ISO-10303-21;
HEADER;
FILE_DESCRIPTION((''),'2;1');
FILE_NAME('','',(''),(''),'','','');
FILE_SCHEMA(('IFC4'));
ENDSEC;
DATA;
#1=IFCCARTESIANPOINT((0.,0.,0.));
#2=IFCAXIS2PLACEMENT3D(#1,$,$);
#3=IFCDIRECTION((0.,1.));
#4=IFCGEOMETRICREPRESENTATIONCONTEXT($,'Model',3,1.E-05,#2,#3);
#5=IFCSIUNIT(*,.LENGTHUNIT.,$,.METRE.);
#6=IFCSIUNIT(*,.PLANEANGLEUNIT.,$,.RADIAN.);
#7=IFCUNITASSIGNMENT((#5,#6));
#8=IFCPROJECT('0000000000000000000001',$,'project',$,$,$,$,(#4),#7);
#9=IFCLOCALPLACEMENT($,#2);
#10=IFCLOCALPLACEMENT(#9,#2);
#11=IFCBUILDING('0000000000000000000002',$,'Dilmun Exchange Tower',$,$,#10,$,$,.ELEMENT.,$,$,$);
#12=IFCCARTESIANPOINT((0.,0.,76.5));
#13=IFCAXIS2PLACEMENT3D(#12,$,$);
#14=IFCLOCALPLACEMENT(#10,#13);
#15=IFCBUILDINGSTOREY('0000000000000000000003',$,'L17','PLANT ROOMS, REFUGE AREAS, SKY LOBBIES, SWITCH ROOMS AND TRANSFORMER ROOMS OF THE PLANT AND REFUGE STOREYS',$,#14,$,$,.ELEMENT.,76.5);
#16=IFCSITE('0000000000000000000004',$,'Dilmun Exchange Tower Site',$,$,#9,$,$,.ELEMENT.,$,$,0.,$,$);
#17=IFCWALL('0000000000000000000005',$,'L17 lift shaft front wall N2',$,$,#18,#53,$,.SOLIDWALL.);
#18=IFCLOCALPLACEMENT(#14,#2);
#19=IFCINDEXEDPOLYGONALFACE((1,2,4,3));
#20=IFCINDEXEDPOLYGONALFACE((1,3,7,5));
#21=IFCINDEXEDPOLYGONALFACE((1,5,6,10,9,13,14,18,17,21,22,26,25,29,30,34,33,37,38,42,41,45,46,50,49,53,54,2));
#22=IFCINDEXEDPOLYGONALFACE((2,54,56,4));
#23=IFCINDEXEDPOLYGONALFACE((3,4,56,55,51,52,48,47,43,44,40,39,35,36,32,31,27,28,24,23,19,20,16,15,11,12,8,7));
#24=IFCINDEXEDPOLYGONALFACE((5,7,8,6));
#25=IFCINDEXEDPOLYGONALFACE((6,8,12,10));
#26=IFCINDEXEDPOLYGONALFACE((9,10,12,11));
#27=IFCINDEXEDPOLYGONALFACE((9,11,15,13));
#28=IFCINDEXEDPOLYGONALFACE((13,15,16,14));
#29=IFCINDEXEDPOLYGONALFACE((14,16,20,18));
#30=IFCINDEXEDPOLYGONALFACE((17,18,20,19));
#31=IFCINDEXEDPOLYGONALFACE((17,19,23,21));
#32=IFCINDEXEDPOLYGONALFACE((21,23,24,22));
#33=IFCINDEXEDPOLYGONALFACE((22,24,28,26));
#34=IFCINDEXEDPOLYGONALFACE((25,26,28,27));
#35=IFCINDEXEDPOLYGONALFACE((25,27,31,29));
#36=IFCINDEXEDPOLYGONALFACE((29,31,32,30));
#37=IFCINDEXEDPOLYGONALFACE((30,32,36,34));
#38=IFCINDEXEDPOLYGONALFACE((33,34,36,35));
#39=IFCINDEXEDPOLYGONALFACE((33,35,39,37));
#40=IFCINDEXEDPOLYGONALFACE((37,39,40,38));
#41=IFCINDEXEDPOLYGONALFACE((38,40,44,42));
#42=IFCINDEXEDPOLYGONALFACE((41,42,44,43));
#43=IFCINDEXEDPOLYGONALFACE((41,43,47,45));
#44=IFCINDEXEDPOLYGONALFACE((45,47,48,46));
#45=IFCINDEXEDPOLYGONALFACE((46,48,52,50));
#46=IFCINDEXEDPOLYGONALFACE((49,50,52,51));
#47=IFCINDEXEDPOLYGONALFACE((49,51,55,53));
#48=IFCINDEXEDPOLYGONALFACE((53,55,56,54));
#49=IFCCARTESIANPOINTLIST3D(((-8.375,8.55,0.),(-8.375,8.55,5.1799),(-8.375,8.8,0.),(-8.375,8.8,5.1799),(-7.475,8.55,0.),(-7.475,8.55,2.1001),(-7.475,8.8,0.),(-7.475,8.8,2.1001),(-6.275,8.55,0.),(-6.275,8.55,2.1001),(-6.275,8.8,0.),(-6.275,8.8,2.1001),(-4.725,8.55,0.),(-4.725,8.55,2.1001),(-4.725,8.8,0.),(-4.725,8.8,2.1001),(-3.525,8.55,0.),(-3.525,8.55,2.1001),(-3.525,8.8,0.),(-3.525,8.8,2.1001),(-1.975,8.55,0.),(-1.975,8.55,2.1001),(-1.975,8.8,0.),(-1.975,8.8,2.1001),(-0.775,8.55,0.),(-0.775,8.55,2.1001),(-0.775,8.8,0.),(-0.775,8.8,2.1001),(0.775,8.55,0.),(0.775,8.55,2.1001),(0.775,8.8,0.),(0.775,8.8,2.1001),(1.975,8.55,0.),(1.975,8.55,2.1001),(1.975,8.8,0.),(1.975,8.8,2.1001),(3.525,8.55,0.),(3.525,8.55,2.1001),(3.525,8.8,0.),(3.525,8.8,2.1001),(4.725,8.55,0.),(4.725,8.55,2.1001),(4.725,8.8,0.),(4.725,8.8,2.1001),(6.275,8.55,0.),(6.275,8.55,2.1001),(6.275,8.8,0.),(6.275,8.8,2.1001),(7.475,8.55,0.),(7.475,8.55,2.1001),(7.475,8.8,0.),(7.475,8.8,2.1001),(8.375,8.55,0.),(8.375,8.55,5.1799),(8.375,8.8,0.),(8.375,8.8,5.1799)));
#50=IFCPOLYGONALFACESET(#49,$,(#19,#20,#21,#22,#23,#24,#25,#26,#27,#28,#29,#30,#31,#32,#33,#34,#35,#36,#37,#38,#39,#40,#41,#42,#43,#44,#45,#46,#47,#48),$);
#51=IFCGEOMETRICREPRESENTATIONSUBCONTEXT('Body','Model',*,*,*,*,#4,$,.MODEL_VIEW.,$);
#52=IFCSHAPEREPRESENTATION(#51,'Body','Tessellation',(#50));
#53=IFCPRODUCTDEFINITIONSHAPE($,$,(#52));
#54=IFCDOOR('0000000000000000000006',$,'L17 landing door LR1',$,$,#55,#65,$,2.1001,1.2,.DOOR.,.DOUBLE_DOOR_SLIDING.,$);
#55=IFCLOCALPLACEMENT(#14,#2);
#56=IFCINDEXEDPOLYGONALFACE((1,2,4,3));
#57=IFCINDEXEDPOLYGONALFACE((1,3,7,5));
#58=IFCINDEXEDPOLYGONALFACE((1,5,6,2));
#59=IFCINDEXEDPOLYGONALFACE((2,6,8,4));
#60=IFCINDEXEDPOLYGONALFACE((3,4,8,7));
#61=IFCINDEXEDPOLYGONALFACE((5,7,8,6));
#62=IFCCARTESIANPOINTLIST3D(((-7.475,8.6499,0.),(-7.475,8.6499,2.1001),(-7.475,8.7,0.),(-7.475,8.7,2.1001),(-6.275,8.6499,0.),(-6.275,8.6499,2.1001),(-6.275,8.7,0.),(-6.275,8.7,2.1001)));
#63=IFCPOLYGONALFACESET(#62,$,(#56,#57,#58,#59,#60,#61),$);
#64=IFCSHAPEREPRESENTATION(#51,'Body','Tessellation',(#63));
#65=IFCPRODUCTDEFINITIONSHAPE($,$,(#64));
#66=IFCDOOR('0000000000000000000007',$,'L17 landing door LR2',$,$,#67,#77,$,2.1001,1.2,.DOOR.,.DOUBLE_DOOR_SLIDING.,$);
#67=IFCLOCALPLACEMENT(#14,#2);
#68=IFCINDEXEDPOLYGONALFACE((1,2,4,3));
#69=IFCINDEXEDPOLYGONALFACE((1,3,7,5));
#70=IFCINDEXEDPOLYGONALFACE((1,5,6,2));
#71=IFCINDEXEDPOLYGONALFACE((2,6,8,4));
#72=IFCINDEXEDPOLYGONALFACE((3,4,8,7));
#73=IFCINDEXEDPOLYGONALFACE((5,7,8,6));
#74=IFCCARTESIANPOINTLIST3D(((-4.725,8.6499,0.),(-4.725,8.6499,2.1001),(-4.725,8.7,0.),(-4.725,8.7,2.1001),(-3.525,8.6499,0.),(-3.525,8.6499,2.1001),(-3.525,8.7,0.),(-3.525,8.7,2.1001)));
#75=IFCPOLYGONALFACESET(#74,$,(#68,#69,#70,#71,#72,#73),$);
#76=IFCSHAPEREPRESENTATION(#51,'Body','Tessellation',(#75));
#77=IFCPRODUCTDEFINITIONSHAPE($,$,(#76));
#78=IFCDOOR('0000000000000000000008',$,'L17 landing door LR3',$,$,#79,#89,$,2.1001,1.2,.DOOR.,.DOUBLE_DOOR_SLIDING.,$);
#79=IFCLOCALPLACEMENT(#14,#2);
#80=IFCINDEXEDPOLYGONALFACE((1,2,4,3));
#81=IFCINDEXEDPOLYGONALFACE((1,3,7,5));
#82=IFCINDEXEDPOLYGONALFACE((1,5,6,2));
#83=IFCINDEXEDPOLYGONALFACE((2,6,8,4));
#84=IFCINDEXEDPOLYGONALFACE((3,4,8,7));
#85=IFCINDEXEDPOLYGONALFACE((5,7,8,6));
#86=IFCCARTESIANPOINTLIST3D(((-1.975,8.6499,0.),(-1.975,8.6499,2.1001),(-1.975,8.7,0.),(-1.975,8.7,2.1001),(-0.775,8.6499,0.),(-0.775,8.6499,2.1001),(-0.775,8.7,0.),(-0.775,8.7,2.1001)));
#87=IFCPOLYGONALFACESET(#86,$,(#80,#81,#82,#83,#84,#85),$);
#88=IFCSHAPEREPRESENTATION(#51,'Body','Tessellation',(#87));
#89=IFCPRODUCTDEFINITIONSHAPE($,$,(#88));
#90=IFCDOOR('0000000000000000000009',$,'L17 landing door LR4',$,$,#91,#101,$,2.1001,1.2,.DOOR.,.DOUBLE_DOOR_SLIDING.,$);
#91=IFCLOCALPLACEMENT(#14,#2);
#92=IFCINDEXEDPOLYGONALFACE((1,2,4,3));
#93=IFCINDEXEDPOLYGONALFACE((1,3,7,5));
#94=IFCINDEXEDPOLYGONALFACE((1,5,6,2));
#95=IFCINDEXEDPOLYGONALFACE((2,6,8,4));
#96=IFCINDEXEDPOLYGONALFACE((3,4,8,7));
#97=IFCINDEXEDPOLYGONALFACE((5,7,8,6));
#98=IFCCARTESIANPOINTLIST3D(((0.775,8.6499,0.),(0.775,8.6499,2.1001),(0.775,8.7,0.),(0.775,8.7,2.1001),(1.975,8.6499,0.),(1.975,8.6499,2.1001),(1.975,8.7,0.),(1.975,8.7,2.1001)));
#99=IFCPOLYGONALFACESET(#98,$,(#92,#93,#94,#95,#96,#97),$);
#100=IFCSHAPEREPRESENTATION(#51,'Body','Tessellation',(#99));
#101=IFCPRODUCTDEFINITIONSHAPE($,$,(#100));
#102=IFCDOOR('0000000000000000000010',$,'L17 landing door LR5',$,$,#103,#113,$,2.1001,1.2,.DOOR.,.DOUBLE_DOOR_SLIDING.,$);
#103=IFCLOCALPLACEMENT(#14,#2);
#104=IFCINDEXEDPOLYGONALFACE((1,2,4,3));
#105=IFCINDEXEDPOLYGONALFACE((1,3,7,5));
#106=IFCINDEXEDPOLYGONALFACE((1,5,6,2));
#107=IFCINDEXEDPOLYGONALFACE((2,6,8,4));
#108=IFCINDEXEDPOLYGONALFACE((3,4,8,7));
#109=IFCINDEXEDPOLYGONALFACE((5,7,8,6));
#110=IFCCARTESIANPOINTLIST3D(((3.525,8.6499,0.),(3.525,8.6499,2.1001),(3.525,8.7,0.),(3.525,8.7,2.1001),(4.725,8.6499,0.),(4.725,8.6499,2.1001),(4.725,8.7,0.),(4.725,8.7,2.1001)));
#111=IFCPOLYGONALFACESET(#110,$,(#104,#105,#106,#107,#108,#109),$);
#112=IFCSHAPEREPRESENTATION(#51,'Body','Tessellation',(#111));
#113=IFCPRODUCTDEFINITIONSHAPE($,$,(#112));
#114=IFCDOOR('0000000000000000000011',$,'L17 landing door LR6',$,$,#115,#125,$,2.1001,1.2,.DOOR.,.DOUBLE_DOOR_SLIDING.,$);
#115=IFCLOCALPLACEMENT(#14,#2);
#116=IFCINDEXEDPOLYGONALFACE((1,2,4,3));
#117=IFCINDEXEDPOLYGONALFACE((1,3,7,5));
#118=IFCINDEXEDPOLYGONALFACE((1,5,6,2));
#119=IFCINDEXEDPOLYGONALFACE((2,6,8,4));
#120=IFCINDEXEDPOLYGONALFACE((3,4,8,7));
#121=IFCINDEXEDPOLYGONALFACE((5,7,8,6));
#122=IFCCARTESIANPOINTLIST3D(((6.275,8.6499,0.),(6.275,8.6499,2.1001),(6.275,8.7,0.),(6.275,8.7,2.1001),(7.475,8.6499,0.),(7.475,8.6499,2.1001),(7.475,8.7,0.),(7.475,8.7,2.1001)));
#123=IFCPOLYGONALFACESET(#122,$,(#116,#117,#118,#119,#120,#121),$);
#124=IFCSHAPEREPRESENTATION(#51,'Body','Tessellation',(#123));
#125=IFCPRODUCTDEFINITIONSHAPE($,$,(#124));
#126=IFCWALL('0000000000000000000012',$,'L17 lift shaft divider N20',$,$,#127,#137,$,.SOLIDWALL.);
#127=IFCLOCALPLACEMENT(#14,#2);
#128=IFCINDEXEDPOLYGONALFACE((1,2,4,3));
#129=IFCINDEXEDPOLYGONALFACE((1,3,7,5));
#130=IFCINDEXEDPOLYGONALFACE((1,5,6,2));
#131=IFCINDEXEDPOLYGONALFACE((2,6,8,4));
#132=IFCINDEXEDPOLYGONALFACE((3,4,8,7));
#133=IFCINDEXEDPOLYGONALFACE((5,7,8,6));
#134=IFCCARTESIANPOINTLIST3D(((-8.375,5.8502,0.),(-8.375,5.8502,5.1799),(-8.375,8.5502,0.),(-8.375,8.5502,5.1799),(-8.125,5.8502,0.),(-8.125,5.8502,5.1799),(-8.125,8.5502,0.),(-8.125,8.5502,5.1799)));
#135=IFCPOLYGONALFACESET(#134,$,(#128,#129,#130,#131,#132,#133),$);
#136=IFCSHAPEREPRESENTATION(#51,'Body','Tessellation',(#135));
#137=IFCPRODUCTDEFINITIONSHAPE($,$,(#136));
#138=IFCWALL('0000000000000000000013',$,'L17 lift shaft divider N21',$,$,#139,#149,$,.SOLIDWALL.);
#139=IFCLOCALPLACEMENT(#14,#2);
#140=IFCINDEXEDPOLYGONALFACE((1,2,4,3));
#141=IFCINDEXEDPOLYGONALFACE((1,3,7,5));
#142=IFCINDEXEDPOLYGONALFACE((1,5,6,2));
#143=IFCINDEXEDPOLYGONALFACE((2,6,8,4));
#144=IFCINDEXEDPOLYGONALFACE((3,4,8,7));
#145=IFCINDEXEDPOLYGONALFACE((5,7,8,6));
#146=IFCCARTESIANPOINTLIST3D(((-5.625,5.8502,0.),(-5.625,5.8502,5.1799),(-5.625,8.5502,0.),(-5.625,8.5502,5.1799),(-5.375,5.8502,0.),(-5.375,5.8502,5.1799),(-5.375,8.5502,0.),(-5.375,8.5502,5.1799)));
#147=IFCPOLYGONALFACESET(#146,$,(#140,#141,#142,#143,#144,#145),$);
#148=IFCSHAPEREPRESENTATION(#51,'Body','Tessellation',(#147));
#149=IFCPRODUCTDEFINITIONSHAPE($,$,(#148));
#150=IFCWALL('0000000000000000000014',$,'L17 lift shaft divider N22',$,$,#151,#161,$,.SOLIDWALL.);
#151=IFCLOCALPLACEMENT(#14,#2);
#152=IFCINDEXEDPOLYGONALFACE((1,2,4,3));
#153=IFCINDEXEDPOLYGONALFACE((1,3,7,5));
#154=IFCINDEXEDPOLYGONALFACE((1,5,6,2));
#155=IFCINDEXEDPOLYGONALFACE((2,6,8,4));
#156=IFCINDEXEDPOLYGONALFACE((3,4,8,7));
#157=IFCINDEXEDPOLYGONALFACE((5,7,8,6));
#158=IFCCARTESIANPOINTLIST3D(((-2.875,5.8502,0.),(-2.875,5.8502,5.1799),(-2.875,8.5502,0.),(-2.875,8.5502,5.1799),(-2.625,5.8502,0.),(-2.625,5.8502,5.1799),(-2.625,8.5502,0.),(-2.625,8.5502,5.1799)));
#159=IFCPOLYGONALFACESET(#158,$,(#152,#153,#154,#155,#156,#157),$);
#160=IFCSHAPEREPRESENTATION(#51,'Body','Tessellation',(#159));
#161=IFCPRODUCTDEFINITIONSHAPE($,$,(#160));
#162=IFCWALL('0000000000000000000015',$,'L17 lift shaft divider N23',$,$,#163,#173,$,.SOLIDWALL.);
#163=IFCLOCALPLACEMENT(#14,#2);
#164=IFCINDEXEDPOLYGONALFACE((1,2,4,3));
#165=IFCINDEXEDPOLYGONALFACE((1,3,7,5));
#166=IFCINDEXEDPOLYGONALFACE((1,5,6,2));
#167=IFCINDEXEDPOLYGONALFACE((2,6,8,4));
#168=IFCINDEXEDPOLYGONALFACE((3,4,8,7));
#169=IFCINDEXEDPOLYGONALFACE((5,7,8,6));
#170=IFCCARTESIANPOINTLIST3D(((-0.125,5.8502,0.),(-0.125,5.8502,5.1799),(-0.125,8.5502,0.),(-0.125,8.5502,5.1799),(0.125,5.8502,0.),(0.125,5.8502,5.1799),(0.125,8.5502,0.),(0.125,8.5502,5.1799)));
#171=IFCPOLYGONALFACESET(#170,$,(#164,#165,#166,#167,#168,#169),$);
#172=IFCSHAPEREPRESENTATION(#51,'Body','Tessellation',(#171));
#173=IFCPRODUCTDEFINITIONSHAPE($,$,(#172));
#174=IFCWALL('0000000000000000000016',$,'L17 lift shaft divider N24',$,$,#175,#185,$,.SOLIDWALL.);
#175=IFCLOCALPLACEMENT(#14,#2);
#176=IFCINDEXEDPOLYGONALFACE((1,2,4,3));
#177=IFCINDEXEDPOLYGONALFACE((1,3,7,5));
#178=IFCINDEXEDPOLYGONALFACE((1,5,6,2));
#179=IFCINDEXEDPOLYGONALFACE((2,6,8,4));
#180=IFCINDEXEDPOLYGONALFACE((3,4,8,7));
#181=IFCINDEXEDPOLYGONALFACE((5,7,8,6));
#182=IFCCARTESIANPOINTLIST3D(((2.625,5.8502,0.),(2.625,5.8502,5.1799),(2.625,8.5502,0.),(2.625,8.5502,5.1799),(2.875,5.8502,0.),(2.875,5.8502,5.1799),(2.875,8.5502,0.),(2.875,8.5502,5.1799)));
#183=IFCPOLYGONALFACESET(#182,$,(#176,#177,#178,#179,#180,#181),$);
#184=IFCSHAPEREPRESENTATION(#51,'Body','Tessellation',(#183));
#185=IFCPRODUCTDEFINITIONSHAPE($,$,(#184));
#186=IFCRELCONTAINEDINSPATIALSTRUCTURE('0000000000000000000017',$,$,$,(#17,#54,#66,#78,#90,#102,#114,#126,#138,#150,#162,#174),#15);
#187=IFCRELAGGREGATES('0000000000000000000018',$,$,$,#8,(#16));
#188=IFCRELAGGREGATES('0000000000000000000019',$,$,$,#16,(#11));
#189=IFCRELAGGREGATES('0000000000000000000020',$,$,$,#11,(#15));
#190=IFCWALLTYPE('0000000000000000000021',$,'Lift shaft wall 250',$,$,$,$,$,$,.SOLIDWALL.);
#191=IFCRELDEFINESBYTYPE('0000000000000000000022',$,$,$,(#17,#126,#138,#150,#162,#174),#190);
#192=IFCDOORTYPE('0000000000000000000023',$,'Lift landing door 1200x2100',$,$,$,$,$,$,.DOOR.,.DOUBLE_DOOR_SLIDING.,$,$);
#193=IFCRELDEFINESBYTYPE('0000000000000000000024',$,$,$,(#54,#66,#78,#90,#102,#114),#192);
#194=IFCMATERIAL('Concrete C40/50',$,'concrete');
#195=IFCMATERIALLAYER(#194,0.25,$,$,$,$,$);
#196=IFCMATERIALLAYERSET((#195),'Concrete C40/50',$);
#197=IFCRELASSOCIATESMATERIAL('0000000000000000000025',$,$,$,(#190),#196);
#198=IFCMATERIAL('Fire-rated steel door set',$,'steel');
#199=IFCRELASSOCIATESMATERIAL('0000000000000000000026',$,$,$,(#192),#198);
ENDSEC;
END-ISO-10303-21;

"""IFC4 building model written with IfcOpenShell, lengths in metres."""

from ifc_helpers import new_model, si_unit, direction, frame, frame_2d, origin, place, context, subcontext, project, spatial, rectangle, extrude, material, layer, layer_set, type_object, element, fill, save


model = new_model("IFC4")

# Units and contexts
model_context = context("Model", 3, precision=1e-05, world=origin(), true_north=direction((0.0, 1.0)))
body_context = subcontext(model_context, "Body", "Model", "MODEL_VIEW")
ifc_project = project(units=[si_unit("LENGTHUNIT", "METRE"), si_unit("PLANEANGLEUNIT", "RADIAN")], contexts=[model_context])

# Site, building, storey
site_placement = place(None, origin())
site = spatial("IfcSite", under=ifc_project, at=site_placement, Name="Dilmun Exchange Tower Site", CompositionType="ELEMENT", RefElevation=0.0)
building_placement = place(site_placement, origin())
building = spatial("IfcBuilding", under=site, at=building_placement, Name="Dilmun Exchange Tower", CompositionType="ELEMENT")
storey_placement = place(building_placement, frame((0.0, 0.0, 76.5)))
storey = spatial("IfcBuildingStorey", under=building, at=storey_placement, Name="L17", Description="PLANT ROOMS, REFUGE AREAS, SKY LOBBIES, SWITCH ROOMS AND TRANSFORMER ROOMS OF THE PLANT AND REFUGE STOREYS", CompositionType="ELEMENT", Elevation=76.5)

# Shared definitions
ifc_material_1 = material(Name="Concrete C40/50", Category="concrete")

# Shared definitions
ifc_material_2 = material(Name="Fire-rated steel door set", Category="steel")

# Wall, openings, doors
ifc_layer_1 = layer(ifc_material_1, 0.25)
ifc_layer_set_1 = layer_set([ifc_layer_1], Name="Concrete C40/50")
wall_type_1 = type_object("IfcWallType", Name="Lift shaft wall 250", PredefinedType="SOLIDWALL", material=ifc_layer_set_1)
wall_1_placement = place(storey_placement, frame((-8.375, 8.675, 0.0), z_axis=(0.0, 0.0, 1.0), x_axis=(1.0, 0.0, 0.0)))
wall_1 = element("IfcWall", 1, at=wall_1_placement, inside=storey, type_object=wall_type_1, Name="L17 lift shaft front wall N2", PredefinedType="SOLIDWALL", context=body_context, shape_type="SweptSolid", body=[
    extrude(rectangle(XDim=16.75, YDim=0.25, at=frame_2d((8.375, 0.0))), origin(), (0.0, 0.0, 1.0), 5.1799),
])
opening_1_placement = place(wall_1_placement, frame((0.8999, 0.0, 0.0)))
opening_1 = element("IfcOpeningElement", 2, at=opening_1_placement, cuts=wall_1, PredefinedType="OPENING", context=body_context, shape_type="SweptSolid", body=[
    extrude(rectangle(XDim=1.2, YDim=2.1001, at=frame_2d((0.6001, 1.05))), frame((0.0, 0.135, 0.0), z_axis=(0.0, -1.0, 0.0), x_axis=(1.0, 0.0, 0.0)), (0.0, 0.0, 1.0), 0.27),
])
opening_2_placement = place(wall_1_placement, frame((3.6499, 0.0, 0.0)))
opening_2 = element("IfcOpeningElement", 3, at=opening_2_placement, cuts=wall_1, PredefinedType="OPENING", context=body_context, shape_type="SweptSolid", body=[
    extrude(rectangle(XDim=1.2, YDim=2.1001, at=frame_2d((0.6001, 1.05))), frame((0.0, 0.135, 0.0), z_axis=(0.0, -1.0, 0.0), x_axis=(1.0, 0.0, 0.0)), (0.0, 0.0, 1.0), 0.27),
])
opening_3_placement = place(wall_1_placement, frame((6.3999, 0.0, 0.0)))
opening_3 = element("IfcOpeningElement", 4, at=opening_3_placement, cuts=wall_1, PredefinedType="OPENING", context=body_context, shape_type="SweptSolid", body=[
    extrude(rectangle(XDim=1.2, YDim=2.1001, at=frame_2d((0.6001, 1.05))), frame((0.0, 0.135, 0.0), z_axis=(0.0, -1.0, 0.0), x_axis=(1.0, 0.0, 0.0)), (0.0, 0.0, 1.0), 0.27),
])
opening_4_placement = place(wall_1_placement, frame((9.1499, 0.0, 0.0)))
opening_4 = element("IfcOpeningElement", 5, at=opening_4_placement, cuts=wall_1, PredefinedType="OPENING", context=body_context, shape_type="SweptSolid", body=[
    extrude(rectangle(XDim=1.2, YDim=2.1001, at=frame_2d((0.6001, 1.05))), frame((0.0, 0.135, 0.0), z_axis=(0.0, -1.0, 0.0), x_axis=(1.0, 0.0, 0.0)), (0.0, 0.0, 1.0), 0.27),
])
opening_5_placement = place(wall_1_placement, frame((11.8999, 0.0, 0.0)))
opening_5 = element("IfcOpeningElement", 6, at=opening_5_placement, cuts=wall_1, PredefinedType="OPENING", context=body_context, shape_type="SweptSolid", body=[
    extrude(rectangle(XDim=1.2, YDim=2.1001, at=frame_2d((0.6001, 1.05))), frame((0.0, 0.135, 0.0), z_axis=(0.0, -1.0, 0.0), x_axis=(1.0, 0.0, 0.0)), (0.0, 0.0, 1.0), 0.27),
])
opening_6_placement = place(wall_1_placement, frame((14.6499, 0.0, 0.0)))
opening_6 = element("IfcOpeningElement", 7, at=opening_6_placement, cuts=wall_1, PredefinedType="OPENING", context=body_context, shape_type="SweptSolid", body=[
    extrude(rectangle(XDim=1.2, YDim=2.1001, at=frame_2d((0.6001, 1.05))), frame((0.0, 0.135, 0.0), z_axis=(0.0, -1.0, 0.0), x_axis=(1.0, 0.0, 0.0)), (0.0, 0.0, 1.0), 0.27),
])
door_type_1 = type_object("IfcDoorType", Name="Lift landing door 1200x2100", OperationType="DOUBLE_DOOR_SLIDING", PredefinedType="DOOR", material=ifc_material_2)
door_1_placement = place(opening_1_placement, origin())
door_1 = element("IfcDoor", 8, at=door_1_placement, inside=storey, type_object=door_type_1, Name="L17 landing door LR1", OperationType="DOUBLE_DOOR_SLIDING", OverallHeight=2.1001, OverallWidth=1.2, PredefinedType="DOOR", context=body_context, shape_type="SweptSolid", body=[
    extrude(rectangle(XDim=1.2, YDim=2.1001, at=frame_2d((0.6001, 1.05))), frame((0.0, 0.0249, 0.0), z_axis=(0.0, -1.0, 0.0), x_axis=(1.0, 0.0, 0.0)), (0.0, 0.0, 1.0), 0.05),
])
fill(opening_1, door_1)
door_2_placement = place(opening_2_placement, origin())
door_2 = element("IfcDoor", 9, at=door_2_placement, inside=storey, type_object=door_type_1, Name="L17 landing door LR2", OperationType="DOUBLE_DOOR_SLIDING", OverallHeight=2.1001, OverallWidth=1.2, PredefinedType="DOOR", context=body_context, shape_type="SweptSolid", body=[
    extrude(rectangle(XDim=1.2, YDim=2.1001, at=frame_2d((0.6001, 1.05))), frame((0.0, 0.0249, 0.0), z_axis=(0.0, -1.0, 0.0), x_axis=(1.0, 0.0, 0.0)), (0.0, 0.0, 1.0), 0.05),
])
fill(opening_2, door_2)
door_3_placement = place(opening_3_placement, origin())
door_3 = element("IfcDoor", 10, at=door_3_placement, inside=storey, type_object=door_type_1, Name="L17 landing door LR3", OperationType="DOUBLE_DOOR_SLIDING", OverallHeight=2.1001, OverallWidth=1.2, PredefinedType="DOOR", context=body_context, shape_type="SweptSolid", body=[
    extrude(rectangle(XDim=1.2, YDim=2.1001, at=frame_2d((0.6001, 1.05))), frame((0.0, 0.0249, 0.0), z_axis=(0.0, -1.0, 0.0), x_axis=(1.0, 0.0, 0.0)), (0.0, 0.0, 1.0), 0.05),
])
fill(opening_3, door_3)
door_4_placement = place(opening_4_placement, origin())
door_4 = element("IfcDoor", 11, at=door_4_placement, inside=storey, type_object=door_type_1, Name="L17 landing door LR4", OperationType="DOUBLE_DOOR_SLIDING", OverallHeight=2.1001, OverallWidth=1.2, PredefinedType="DOOR", context=body_context, shape_type="SweptSolid", body=[
    extrude(rectangle(XDim=1.2, YDim=2.1001, at=frame_2d((0.6001, 1.05))), frame((0.0, 0.0249, 0.0), z_axis=(0.0, -1.0, 0.0), x_axis=(1.0, 0.0, 0.0)), (0.0, 0.0, 1.0), 0.05),
])
fill(opening_4, door_4)
door_5_placement = place(opening_5_placement, origin())
door_5 = element("IfcDoor", 12, at=door_5_placement, inside=storey, type_object=door_type_1, Name="L17 landing door LR5", OperationType="DOUBLE_DOOR_SLIDING", OverallHeight=2.1001, OverallWidth=1.2, PredefinedType="DOOR", context=body_context, shape_type="SweptSolid", body=[
    extrude(rectangle(XDim=1.2, YDim=2.1001, at=frame_2d((0.6001, 1.05))), frame((0.0, 0.0249, 0.0), z_axis=(0.0, -1.0, 0.0), x_axis=(1.0, 0.0, 0.0)), (0.0, 0.0, 1.0), 0.05),
])
fill(opening_5, door_5)
door_6_placement = place(opening_6_placement, origin())
door_6 = element("IfcDoor", 13, at=door_6_placement, inside=storey, type_object=door_type_1, Name="L17 landing door LR6", OperationType="DOUBLE_DOOR_SLIDING", OverallHeight=2.1001, OverallWidth=1.2, PredefinedType="DOOR", context=body_context, shape_type="SweptSolid", body=[
    extrude(rectangle(XDim=1.2, YDim=2.1001, at=frame_2d((0.6001, 1.05))), frame((0.0, 0.0249, 0.0), z_axis=(0.0, -1.0, 0.0), x_axis=(1.0, 0.0, 0.0)), (0.0, 0.0, 1.0), 0.05),
])
fill(opening_6, door_6)

# Walls
for number, where, z_axis, x_axis, name in (
    (14, (-8.25, 5.8501, 0.0), (0.0, 0.0, 1.0), (0.0, 1.0, 0.0), "L17 lift shaft divider N20"),
    (15, (-5.5, 5.8501, 0.0), (0.0, 0.0, 1.0), (0.0, 1.0, 0.0), "L17 lift shaft divider N21"),
    (16, (-2.75, 5.8501, 0.0), (0.0, 0.0, 1.0), (0.0, 1.0, 0.0), "L17 lift shaft divider N22"),
    (17, (0.0, 5.8501, 0.0), (0.0, 0.0, 1.0), (0.0, 1.0, 0.0), "L17 lift shaft divider N23"),
    (18, (2.75, 5.8501, 0.0), (0.0, 0.0, 1.0), (0.0, 1.0, 0.0), "L17 lift shaft divider N24"),
):
    element("IfcWall", number, at=place(storey_placement, frame(where, z_axis=z_axis, x_axis=x_axis)), inside=storey, type_object=wall_type_1, Name=name, PredefinedType="SOLIDWALL", context=body_context, shape_type="SweptSolid", body=[
        extrude(rectangle(XDim=2.7, YDim=0.25, at=frame_2d((1.3501, 0.0))), origin(), (0.0, 0.0, 1.0), 5.1799),
    ])

save(model, "model.ifc")
